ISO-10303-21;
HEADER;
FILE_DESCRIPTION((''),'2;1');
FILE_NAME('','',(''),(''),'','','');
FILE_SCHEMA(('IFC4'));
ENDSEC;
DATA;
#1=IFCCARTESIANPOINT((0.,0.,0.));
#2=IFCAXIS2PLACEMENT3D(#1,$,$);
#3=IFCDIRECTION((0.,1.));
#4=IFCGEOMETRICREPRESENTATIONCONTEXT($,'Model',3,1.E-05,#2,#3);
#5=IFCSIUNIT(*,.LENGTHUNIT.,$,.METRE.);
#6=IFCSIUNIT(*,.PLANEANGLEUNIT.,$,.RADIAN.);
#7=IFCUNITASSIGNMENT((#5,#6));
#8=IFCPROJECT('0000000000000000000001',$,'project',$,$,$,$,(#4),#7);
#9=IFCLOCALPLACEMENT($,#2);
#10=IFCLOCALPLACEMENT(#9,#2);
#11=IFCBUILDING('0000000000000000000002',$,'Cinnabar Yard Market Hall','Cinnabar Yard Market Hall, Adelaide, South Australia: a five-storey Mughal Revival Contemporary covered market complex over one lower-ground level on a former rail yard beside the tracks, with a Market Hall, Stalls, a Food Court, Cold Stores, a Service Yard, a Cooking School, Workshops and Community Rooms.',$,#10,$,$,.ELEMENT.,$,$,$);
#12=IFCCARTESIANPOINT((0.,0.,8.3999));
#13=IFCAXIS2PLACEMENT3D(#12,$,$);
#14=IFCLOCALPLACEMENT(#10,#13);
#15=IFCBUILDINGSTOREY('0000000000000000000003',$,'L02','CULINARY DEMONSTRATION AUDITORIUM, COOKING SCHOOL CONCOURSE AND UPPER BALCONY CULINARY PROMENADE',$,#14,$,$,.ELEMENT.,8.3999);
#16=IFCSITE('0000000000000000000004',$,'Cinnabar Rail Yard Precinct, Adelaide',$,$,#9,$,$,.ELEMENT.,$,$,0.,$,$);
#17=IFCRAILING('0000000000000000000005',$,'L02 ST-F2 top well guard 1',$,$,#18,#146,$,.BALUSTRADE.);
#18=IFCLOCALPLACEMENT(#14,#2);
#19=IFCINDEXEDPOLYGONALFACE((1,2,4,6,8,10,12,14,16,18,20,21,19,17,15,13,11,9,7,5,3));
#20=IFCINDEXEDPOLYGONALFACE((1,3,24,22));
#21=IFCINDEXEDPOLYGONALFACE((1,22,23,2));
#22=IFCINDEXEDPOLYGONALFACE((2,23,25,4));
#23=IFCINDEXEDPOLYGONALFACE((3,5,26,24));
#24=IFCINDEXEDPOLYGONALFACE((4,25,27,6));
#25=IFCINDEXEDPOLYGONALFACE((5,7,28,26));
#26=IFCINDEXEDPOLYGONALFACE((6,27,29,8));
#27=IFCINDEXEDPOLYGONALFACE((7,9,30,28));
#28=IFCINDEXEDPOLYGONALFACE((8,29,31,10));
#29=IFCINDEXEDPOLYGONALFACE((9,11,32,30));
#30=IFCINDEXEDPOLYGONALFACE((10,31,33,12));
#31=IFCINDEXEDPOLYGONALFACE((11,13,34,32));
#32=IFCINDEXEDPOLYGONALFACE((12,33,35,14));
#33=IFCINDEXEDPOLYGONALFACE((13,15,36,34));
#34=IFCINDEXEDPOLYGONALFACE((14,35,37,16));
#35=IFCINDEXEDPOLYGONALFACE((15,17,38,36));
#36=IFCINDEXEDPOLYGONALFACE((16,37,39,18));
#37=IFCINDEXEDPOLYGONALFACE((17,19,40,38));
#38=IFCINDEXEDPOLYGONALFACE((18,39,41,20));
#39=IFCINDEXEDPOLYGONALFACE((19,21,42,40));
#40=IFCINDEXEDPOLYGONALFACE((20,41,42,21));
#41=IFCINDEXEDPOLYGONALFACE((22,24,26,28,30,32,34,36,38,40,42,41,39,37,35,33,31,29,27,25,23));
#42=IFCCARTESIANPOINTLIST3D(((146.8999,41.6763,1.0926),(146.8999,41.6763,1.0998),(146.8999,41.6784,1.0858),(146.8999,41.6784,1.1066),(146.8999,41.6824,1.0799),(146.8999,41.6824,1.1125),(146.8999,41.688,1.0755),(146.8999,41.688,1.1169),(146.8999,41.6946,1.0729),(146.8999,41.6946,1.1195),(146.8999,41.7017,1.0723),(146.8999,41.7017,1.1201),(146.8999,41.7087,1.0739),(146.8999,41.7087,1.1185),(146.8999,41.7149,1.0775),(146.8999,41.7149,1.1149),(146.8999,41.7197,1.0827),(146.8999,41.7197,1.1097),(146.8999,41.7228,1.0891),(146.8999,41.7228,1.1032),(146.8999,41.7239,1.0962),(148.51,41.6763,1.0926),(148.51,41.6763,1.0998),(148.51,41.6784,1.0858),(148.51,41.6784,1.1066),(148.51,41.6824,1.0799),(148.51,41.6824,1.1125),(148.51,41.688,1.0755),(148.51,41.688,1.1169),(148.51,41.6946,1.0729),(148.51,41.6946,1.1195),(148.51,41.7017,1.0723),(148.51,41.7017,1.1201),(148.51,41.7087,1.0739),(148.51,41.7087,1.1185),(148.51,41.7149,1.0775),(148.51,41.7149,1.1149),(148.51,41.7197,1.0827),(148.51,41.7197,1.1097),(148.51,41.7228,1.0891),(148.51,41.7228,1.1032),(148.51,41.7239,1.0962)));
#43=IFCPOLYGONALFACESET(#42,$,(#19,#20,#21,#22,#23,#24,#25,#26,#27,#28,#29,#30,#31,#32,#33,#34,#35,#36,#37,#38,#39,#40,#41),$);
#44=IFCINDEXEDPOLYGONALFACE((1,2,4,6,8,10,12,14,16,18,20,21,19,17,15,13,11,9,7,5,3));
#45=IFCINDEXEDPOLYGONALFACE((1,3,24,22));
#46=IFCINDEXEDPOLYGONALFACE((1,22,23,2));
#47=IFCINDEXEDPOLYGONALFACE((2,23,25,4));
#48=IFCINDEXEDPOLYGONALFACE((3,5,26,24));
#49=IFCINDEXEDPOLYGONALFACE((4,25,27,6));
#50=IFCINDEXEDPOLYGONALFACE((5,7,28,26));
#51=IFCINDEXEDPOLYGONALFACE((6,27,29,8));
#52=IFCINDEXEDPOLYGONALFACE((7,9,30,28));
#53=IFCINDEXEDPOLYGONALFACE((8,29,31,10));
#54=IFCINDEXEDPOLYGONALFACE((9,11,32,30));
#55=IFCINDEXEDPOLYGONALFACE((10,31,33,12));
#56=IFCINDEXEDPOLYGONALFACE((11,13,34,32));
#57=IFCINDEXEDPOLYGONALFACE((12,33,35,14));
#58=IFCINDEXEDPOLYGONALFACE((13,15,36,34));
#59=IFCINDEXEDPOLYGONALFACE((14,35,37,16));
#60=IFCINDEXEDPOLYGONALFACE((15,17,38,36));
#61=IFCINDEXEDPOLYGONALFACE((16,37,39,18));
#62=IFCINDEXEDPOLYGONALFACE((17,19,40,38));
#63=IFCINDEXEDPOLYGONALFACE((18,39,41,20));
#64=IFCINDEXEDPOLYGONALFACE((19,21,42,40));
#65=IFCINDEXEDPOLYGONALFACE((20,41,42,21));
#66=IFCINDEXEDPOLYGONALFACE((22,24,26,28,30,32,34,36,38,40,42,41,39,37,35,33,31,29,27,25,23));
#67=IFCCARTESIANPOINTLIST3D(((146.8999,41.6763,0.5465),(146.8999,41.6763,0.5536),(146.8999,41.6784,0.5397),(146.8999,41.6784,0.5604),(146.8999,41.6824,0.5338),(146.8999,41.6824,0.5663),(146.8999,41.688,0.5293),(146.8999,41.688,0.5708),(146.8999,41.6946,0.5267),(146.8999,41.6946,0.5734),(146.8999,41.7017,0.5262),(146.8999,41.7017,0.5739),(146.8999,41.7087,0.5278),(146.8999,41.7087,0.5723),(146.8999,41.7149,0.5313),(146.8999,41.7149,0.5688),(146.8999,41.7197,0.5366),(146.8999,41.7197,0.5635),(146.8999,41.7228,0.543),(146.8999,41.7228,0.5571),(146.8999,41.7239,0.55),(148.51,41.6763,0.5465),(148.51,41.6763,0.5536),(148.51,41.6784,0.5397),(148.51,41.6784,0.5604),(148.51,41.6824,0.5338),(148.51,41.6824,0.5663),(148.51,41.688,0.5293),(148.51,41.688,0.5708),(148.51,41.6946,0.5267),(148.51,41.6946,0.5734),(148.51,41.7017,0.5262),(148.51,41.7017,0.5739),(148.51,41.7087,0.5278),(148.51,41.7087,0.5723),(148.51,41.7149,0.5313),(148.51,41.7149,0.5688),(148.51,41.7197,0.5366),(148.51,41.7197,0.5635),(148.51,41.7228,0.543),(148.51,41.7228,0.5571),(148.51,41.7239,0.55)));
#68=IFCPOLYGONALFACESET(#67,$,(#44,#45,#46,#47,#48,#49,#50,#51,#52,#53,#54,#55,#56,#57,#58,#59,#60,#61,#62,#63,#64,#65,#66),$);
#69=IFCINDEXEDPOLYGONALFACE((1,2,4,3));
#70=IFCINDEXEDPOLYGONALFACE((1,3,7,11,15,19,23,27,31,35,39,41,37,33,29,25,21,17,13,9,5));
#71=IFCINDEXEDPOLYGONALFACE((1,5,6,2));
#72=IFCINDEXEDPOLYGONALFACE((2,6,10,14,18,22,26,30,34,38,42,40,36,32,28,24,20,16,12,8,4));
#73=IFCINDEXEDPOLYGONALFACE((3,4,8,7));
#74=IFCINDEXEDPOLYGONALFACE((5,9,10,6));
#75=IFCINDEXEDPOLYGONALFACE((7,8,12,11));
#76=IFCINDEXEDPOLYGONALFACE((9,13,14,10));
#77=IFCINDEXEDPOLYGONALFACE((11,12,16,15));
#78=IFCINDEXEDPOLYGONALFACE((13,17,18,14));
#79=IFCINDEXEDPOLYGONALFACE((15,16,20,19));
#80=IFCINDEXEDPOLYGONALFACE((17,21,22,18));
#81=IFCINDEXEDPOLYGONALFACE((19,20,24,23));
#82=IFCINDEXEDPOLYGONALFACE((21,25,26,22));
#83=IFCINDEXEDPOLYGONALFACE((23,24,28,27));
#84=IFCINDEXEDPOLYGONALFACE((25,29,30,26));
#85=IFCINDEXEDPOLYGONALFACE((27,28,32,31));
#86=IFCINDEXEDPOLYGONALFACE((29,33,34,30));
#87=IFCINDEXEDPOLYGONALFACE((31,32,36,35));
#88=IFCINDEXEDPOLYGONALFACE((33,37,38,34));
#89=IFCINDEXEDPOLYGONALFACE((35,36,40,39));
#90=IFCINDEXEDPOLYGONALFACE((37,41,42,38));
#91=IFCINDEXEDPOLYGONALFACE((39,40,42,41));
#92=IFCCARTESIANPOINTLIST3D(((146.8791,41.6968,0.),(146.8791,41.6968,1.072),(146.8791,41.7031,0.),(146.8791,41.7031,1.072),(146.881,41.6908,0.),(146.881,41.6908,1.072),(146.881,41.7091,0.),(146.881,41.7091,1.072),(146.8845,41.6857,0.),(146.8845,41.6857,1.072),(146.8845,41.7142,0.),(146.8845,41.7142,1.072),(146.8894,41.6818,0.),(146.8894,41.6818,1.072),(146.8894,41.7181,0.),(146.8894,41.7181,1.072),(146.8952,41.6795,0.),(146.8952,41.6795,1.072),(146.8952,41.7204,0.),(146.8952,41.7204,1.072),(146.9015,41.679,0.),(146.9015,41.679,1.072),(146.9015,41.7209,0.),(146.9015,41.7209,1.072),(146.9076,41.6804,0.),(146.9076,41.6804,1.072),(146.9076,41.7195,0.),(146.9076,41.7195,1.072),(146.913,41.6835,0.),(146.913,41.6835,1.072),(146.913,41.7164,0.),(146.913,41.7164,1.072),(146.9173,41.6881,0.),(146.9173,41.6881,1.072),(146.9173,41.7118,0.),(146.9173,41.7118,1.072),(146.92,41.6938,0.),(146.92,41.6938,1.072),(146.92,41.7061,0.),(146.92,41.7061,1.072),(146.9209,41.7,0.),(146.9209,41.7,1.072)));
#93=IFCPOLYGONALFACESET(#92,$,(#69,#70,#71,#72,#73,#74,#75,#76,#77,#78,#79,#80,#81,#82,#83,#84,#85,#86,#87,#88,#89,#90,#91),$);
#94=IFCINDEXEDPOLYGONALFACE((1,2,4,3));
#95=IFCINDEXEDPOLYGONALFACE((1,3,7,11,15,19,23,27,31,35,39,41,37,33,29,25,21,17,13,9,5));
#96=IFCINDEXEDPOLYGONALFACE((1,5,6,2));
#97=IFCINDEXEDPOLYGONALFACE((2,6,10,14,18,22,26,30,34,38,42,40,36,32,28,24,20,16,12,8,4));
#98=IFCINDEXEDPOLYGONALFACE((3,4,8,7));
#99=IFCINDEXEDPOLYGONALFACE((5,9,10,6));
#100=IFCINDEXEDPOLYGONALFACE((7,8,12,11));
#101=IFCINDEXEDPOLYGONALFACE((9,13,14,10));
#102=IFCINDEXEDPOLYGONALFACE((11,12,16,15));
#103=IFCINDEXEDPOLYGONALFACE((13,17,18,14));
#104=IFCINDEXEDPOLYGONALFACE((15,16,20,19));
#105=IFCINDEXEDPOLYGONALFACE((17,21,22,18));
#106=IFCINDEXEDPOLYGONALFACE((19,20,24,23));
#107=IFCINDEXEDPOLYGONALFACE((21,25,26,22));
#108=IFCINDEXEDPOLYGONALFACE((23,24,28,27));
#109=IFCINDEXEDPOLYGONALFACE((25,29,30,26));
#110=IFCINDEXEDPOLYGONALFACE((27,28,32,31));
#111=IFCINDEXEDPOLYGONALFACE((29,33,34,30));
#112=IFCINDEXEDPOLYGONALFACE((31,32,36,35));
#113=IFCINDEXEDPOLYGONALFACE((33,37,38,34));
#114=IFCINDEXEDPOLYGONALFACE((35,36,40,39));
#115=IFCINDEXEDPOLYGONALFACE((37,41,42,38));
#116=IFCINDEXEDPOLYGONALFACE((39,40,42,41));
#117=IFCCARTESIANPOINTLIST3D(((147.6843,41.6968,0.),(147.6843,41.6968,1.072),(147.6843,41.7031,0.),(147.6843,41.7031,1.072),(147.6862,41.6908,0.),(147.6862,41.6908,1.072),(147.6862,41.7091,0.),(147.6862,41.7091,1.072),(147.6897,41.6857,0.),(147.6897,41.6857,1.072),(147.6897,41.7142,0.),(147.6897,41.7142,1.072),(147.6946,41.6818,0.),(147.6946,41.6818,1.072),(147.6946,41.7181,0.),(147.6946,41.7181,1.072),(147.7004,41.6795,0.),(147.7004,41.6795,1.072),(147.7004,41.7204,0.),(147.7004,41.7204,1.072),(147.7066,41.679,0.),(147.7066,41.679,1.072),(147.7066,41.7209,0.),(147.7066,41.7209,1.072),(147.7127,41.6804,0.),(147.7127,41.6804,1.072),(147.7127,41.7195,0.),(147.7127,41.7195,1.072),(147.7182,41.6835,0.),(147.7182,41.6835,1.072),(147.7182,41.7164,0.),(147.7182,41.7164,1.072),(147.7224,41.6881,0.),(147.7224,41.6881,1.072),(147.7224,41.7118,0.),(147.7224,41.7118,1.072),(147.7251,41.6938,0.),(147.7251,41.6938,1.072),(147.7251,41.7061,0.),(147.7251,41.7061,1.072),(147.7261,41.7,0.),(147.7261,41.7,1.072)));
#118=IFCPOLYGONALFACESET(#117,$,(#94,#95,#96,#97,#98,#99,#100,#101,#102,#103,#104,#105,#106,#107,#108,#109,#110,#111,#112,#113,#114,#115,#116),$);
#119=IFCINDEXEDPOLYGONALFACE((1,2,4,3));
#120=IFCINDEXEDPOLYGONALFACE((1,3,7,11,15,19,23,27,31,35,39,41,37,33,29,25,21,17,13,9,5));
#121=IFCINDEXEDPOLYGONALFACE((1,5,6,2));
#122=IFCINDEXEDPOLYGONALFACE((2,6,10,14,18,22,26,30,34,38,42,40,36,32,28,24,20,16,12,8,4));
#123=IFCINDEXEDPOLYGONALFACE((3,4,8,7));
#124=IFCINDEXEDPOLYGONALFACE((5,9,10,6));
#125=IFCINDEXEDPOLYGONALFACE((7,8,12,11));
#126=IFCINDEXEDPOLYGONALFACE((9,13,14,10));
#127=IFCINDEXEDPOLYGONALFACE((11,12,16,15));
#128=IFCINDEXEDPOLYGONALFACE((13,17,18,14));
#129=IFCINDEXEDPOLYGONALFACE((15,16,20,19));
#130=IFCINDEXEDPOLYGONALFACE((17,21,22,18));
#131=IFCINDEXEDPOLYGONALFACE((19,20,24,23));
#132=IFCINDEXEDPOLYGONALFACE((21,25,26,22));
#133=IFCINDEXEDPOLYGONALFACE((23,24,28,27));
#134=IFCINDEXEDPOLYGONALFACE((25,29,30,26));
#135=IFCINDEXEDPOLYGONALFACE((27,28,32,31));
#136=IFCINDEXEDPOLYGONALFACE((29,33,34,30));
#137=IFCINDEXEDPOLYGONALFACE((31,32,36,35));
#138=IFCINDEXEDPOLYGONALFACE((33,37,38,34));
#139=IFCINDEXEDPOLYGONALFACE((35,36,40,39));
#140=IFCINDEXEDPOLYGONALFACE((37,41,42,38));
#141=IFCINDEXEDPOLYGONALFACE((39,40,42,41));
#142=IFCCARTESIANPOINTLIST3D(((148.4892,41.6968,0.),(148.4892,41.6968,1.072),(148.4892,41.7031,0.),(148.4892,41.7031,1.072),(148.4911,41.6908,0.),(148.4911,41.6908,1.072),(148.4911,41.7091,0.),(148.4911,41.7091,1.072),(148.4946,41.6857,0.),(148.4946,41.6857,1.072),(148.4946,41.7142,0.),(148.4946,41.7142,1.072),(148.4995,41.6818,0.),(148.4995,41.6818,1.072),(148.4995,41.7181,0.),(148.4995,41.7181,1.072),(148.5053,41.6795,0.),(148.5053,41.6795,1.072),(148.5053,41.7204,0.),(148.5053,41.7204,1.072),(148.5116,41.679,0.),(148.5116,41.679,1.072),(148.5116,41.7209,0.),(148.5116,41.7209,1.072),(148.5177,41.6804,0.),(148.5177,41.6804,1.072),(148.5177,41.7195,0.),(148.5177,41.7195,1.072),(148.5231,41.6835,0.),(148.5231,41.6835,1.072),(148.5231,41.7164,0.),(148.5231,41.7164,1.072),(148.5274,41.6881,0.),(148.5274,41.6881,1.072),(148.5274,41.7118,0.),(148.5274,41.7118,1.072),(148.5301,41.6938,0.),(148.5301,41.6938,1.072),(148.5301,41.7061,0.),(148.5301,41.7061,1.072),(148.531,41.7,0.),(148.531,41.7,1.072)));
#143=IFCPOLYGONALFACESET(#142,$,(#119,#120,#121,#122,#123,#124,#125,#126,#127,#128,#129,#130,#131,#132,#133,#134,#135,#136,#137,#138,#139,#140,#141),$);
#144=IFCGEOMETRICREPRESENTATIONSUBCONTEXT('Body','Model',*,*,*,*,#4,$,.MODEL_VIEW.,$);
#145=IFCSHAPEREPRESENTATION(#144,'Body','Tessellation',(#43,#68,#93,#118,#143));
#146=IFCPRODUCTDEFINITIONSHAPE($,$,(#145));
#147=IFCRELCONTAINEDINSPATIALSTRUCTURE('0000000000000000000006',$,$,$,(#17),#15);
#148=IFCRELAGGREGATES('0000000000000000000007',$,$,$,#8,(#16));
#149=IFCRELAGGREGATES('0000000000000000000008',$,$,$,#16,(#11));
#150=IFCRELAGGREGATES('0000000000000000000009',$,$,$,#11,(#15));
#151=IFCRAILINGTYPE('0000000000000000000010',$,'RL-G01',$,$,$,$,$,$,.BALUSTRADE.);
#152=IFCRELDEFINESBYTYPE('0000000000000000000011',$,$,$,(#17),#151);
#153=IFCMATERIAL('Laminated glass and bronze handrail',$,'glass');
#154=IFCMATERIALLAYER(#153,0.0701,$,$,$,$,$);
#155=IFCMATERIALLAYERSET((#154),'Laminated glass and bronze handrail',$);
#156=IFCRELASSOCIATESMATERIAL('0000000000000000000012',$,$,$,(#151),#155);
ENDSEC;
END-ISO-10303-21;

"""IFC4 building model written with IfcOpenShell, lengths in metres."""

from ifc_helpers import new_model, si_unit, direction, frame, origin, origin_2d_with_axis, place, context, subcontext, project, spatial, circle, extrude, material, layer, layer_set, type_object, element, save


model = new_model("IFC4")

# Units and contexts
model_context = context("Model", 3, precision=1e-05, world=origin(), true_north=direction((0.0, 1.0)))
body_context = subcontext(model_context, "Body", "Model", "MODEL_VIEW")
ifc_project = project(units=[si_unit("LENGTHUNIT", "METRE"), si_unit("PLANEANGLEUNIT", "RADIAN")], contexts=[model_context])

# Site, building, storey
site_placement = place(None, origin())
site = spatial("IfcSite", under=ifc_project, at=site_placement, Name="Cinnabar Rail Yard Precinct, Adelaide", CompositionType="ELEMENT", RefElevation=0.0)
building_placement = place(site_placement, origin())
building = spatial("IfcBuilding", under=site, at=building_placement, Name="Cinnabar Yard Market Hall", Description="Cinnabar Yard Market Hall, Adelaide, South Australia: a five-storey Mughal Revival Contemporary covered market complex over one lower-ground level on a former rail yard beside the tracks, with a Market Hall, Stalls, a Food Court, Cold Stores, a Service Yard, a Cooking School, Workshops and Community Rooms.", CompositionType="ELEMENT")
storey_placement = place(building_placement, frame((0.0, 0.0, 8.3999)))
storey = spatial("IfcBuildingStorey", under=building, at=storey_placement, Name="L02", Description="CULINARY DEMONSTRATION AUDITORIUM, COOKING SCHOOL CONCOURSE AND UPPER BALCONY CULINARY PROMENADE", CompositionType="ELEMENT", Elevation=8.3999)

# Railing
ifc_material_1 = material(Name="Laminated glass and bronze handrail", Category="glass")
ifc_layer_1 = layer(ifc_material_1, 0.0701)
ifc_layer_set_1 = layer_set([ifc_layer_1], Name="Laminated glass and bronze handrail")
railing_type = type_object("IfcRailingType", Name="RL-G01", PredefinedType="BALUSTRADE", material=ifc_layer_set_1)
for number, where, name in (
    (1, (146.8999, 41.7, 0.0), "L02 ST-F2 top well guard 1"),
):
    element("IfcRailing", number, at=place(storey_placement, frame(where)), inside=storey, type_object=railing_type, Name=name, PredefinedType="BALUSTRADE", context=body_context, shape_type="SweptSolid", body=[
        extrude(circle(Radius=0.0239, at=origin_2d_with_axis()), frame((0.0, 0.0, 1.0962), z_axis=(1.0, 0.0, 0.0), x_axis=(0.0, 1.0, 0.0)), (0.0, 0.0, 1.0), 1.6101),
        extrude(circle(Radius=0.0239, at=origin_2d_with_axis()), frame((0.0, 0.0, 0.55), z_axis=(1.0, 0.0, 0.0), x_axis=(0.0, 1.0, 0.0)), (0.0, 0.0, 1.0), 1.6101),
        extrude(circle(Radius=0.021, at=origin_2d_with_axis()), origin(), (0.0, 0.0, 1.0), 1.072),
        extrude(circle(Radius=0.021, at=origin_2d_with_axis()), frame((0.8052, 0.0, 0.0)), (0.0, 0.0, 1.0), 1.072),
        extrude(circle(Radius=0.021, at=origin_2d_with_axis()), frame((1.6101, 0.0, 0.0)), (0.0, 0.0, 1.0), 1.072),
    ])

save(model, "model.ifc")
